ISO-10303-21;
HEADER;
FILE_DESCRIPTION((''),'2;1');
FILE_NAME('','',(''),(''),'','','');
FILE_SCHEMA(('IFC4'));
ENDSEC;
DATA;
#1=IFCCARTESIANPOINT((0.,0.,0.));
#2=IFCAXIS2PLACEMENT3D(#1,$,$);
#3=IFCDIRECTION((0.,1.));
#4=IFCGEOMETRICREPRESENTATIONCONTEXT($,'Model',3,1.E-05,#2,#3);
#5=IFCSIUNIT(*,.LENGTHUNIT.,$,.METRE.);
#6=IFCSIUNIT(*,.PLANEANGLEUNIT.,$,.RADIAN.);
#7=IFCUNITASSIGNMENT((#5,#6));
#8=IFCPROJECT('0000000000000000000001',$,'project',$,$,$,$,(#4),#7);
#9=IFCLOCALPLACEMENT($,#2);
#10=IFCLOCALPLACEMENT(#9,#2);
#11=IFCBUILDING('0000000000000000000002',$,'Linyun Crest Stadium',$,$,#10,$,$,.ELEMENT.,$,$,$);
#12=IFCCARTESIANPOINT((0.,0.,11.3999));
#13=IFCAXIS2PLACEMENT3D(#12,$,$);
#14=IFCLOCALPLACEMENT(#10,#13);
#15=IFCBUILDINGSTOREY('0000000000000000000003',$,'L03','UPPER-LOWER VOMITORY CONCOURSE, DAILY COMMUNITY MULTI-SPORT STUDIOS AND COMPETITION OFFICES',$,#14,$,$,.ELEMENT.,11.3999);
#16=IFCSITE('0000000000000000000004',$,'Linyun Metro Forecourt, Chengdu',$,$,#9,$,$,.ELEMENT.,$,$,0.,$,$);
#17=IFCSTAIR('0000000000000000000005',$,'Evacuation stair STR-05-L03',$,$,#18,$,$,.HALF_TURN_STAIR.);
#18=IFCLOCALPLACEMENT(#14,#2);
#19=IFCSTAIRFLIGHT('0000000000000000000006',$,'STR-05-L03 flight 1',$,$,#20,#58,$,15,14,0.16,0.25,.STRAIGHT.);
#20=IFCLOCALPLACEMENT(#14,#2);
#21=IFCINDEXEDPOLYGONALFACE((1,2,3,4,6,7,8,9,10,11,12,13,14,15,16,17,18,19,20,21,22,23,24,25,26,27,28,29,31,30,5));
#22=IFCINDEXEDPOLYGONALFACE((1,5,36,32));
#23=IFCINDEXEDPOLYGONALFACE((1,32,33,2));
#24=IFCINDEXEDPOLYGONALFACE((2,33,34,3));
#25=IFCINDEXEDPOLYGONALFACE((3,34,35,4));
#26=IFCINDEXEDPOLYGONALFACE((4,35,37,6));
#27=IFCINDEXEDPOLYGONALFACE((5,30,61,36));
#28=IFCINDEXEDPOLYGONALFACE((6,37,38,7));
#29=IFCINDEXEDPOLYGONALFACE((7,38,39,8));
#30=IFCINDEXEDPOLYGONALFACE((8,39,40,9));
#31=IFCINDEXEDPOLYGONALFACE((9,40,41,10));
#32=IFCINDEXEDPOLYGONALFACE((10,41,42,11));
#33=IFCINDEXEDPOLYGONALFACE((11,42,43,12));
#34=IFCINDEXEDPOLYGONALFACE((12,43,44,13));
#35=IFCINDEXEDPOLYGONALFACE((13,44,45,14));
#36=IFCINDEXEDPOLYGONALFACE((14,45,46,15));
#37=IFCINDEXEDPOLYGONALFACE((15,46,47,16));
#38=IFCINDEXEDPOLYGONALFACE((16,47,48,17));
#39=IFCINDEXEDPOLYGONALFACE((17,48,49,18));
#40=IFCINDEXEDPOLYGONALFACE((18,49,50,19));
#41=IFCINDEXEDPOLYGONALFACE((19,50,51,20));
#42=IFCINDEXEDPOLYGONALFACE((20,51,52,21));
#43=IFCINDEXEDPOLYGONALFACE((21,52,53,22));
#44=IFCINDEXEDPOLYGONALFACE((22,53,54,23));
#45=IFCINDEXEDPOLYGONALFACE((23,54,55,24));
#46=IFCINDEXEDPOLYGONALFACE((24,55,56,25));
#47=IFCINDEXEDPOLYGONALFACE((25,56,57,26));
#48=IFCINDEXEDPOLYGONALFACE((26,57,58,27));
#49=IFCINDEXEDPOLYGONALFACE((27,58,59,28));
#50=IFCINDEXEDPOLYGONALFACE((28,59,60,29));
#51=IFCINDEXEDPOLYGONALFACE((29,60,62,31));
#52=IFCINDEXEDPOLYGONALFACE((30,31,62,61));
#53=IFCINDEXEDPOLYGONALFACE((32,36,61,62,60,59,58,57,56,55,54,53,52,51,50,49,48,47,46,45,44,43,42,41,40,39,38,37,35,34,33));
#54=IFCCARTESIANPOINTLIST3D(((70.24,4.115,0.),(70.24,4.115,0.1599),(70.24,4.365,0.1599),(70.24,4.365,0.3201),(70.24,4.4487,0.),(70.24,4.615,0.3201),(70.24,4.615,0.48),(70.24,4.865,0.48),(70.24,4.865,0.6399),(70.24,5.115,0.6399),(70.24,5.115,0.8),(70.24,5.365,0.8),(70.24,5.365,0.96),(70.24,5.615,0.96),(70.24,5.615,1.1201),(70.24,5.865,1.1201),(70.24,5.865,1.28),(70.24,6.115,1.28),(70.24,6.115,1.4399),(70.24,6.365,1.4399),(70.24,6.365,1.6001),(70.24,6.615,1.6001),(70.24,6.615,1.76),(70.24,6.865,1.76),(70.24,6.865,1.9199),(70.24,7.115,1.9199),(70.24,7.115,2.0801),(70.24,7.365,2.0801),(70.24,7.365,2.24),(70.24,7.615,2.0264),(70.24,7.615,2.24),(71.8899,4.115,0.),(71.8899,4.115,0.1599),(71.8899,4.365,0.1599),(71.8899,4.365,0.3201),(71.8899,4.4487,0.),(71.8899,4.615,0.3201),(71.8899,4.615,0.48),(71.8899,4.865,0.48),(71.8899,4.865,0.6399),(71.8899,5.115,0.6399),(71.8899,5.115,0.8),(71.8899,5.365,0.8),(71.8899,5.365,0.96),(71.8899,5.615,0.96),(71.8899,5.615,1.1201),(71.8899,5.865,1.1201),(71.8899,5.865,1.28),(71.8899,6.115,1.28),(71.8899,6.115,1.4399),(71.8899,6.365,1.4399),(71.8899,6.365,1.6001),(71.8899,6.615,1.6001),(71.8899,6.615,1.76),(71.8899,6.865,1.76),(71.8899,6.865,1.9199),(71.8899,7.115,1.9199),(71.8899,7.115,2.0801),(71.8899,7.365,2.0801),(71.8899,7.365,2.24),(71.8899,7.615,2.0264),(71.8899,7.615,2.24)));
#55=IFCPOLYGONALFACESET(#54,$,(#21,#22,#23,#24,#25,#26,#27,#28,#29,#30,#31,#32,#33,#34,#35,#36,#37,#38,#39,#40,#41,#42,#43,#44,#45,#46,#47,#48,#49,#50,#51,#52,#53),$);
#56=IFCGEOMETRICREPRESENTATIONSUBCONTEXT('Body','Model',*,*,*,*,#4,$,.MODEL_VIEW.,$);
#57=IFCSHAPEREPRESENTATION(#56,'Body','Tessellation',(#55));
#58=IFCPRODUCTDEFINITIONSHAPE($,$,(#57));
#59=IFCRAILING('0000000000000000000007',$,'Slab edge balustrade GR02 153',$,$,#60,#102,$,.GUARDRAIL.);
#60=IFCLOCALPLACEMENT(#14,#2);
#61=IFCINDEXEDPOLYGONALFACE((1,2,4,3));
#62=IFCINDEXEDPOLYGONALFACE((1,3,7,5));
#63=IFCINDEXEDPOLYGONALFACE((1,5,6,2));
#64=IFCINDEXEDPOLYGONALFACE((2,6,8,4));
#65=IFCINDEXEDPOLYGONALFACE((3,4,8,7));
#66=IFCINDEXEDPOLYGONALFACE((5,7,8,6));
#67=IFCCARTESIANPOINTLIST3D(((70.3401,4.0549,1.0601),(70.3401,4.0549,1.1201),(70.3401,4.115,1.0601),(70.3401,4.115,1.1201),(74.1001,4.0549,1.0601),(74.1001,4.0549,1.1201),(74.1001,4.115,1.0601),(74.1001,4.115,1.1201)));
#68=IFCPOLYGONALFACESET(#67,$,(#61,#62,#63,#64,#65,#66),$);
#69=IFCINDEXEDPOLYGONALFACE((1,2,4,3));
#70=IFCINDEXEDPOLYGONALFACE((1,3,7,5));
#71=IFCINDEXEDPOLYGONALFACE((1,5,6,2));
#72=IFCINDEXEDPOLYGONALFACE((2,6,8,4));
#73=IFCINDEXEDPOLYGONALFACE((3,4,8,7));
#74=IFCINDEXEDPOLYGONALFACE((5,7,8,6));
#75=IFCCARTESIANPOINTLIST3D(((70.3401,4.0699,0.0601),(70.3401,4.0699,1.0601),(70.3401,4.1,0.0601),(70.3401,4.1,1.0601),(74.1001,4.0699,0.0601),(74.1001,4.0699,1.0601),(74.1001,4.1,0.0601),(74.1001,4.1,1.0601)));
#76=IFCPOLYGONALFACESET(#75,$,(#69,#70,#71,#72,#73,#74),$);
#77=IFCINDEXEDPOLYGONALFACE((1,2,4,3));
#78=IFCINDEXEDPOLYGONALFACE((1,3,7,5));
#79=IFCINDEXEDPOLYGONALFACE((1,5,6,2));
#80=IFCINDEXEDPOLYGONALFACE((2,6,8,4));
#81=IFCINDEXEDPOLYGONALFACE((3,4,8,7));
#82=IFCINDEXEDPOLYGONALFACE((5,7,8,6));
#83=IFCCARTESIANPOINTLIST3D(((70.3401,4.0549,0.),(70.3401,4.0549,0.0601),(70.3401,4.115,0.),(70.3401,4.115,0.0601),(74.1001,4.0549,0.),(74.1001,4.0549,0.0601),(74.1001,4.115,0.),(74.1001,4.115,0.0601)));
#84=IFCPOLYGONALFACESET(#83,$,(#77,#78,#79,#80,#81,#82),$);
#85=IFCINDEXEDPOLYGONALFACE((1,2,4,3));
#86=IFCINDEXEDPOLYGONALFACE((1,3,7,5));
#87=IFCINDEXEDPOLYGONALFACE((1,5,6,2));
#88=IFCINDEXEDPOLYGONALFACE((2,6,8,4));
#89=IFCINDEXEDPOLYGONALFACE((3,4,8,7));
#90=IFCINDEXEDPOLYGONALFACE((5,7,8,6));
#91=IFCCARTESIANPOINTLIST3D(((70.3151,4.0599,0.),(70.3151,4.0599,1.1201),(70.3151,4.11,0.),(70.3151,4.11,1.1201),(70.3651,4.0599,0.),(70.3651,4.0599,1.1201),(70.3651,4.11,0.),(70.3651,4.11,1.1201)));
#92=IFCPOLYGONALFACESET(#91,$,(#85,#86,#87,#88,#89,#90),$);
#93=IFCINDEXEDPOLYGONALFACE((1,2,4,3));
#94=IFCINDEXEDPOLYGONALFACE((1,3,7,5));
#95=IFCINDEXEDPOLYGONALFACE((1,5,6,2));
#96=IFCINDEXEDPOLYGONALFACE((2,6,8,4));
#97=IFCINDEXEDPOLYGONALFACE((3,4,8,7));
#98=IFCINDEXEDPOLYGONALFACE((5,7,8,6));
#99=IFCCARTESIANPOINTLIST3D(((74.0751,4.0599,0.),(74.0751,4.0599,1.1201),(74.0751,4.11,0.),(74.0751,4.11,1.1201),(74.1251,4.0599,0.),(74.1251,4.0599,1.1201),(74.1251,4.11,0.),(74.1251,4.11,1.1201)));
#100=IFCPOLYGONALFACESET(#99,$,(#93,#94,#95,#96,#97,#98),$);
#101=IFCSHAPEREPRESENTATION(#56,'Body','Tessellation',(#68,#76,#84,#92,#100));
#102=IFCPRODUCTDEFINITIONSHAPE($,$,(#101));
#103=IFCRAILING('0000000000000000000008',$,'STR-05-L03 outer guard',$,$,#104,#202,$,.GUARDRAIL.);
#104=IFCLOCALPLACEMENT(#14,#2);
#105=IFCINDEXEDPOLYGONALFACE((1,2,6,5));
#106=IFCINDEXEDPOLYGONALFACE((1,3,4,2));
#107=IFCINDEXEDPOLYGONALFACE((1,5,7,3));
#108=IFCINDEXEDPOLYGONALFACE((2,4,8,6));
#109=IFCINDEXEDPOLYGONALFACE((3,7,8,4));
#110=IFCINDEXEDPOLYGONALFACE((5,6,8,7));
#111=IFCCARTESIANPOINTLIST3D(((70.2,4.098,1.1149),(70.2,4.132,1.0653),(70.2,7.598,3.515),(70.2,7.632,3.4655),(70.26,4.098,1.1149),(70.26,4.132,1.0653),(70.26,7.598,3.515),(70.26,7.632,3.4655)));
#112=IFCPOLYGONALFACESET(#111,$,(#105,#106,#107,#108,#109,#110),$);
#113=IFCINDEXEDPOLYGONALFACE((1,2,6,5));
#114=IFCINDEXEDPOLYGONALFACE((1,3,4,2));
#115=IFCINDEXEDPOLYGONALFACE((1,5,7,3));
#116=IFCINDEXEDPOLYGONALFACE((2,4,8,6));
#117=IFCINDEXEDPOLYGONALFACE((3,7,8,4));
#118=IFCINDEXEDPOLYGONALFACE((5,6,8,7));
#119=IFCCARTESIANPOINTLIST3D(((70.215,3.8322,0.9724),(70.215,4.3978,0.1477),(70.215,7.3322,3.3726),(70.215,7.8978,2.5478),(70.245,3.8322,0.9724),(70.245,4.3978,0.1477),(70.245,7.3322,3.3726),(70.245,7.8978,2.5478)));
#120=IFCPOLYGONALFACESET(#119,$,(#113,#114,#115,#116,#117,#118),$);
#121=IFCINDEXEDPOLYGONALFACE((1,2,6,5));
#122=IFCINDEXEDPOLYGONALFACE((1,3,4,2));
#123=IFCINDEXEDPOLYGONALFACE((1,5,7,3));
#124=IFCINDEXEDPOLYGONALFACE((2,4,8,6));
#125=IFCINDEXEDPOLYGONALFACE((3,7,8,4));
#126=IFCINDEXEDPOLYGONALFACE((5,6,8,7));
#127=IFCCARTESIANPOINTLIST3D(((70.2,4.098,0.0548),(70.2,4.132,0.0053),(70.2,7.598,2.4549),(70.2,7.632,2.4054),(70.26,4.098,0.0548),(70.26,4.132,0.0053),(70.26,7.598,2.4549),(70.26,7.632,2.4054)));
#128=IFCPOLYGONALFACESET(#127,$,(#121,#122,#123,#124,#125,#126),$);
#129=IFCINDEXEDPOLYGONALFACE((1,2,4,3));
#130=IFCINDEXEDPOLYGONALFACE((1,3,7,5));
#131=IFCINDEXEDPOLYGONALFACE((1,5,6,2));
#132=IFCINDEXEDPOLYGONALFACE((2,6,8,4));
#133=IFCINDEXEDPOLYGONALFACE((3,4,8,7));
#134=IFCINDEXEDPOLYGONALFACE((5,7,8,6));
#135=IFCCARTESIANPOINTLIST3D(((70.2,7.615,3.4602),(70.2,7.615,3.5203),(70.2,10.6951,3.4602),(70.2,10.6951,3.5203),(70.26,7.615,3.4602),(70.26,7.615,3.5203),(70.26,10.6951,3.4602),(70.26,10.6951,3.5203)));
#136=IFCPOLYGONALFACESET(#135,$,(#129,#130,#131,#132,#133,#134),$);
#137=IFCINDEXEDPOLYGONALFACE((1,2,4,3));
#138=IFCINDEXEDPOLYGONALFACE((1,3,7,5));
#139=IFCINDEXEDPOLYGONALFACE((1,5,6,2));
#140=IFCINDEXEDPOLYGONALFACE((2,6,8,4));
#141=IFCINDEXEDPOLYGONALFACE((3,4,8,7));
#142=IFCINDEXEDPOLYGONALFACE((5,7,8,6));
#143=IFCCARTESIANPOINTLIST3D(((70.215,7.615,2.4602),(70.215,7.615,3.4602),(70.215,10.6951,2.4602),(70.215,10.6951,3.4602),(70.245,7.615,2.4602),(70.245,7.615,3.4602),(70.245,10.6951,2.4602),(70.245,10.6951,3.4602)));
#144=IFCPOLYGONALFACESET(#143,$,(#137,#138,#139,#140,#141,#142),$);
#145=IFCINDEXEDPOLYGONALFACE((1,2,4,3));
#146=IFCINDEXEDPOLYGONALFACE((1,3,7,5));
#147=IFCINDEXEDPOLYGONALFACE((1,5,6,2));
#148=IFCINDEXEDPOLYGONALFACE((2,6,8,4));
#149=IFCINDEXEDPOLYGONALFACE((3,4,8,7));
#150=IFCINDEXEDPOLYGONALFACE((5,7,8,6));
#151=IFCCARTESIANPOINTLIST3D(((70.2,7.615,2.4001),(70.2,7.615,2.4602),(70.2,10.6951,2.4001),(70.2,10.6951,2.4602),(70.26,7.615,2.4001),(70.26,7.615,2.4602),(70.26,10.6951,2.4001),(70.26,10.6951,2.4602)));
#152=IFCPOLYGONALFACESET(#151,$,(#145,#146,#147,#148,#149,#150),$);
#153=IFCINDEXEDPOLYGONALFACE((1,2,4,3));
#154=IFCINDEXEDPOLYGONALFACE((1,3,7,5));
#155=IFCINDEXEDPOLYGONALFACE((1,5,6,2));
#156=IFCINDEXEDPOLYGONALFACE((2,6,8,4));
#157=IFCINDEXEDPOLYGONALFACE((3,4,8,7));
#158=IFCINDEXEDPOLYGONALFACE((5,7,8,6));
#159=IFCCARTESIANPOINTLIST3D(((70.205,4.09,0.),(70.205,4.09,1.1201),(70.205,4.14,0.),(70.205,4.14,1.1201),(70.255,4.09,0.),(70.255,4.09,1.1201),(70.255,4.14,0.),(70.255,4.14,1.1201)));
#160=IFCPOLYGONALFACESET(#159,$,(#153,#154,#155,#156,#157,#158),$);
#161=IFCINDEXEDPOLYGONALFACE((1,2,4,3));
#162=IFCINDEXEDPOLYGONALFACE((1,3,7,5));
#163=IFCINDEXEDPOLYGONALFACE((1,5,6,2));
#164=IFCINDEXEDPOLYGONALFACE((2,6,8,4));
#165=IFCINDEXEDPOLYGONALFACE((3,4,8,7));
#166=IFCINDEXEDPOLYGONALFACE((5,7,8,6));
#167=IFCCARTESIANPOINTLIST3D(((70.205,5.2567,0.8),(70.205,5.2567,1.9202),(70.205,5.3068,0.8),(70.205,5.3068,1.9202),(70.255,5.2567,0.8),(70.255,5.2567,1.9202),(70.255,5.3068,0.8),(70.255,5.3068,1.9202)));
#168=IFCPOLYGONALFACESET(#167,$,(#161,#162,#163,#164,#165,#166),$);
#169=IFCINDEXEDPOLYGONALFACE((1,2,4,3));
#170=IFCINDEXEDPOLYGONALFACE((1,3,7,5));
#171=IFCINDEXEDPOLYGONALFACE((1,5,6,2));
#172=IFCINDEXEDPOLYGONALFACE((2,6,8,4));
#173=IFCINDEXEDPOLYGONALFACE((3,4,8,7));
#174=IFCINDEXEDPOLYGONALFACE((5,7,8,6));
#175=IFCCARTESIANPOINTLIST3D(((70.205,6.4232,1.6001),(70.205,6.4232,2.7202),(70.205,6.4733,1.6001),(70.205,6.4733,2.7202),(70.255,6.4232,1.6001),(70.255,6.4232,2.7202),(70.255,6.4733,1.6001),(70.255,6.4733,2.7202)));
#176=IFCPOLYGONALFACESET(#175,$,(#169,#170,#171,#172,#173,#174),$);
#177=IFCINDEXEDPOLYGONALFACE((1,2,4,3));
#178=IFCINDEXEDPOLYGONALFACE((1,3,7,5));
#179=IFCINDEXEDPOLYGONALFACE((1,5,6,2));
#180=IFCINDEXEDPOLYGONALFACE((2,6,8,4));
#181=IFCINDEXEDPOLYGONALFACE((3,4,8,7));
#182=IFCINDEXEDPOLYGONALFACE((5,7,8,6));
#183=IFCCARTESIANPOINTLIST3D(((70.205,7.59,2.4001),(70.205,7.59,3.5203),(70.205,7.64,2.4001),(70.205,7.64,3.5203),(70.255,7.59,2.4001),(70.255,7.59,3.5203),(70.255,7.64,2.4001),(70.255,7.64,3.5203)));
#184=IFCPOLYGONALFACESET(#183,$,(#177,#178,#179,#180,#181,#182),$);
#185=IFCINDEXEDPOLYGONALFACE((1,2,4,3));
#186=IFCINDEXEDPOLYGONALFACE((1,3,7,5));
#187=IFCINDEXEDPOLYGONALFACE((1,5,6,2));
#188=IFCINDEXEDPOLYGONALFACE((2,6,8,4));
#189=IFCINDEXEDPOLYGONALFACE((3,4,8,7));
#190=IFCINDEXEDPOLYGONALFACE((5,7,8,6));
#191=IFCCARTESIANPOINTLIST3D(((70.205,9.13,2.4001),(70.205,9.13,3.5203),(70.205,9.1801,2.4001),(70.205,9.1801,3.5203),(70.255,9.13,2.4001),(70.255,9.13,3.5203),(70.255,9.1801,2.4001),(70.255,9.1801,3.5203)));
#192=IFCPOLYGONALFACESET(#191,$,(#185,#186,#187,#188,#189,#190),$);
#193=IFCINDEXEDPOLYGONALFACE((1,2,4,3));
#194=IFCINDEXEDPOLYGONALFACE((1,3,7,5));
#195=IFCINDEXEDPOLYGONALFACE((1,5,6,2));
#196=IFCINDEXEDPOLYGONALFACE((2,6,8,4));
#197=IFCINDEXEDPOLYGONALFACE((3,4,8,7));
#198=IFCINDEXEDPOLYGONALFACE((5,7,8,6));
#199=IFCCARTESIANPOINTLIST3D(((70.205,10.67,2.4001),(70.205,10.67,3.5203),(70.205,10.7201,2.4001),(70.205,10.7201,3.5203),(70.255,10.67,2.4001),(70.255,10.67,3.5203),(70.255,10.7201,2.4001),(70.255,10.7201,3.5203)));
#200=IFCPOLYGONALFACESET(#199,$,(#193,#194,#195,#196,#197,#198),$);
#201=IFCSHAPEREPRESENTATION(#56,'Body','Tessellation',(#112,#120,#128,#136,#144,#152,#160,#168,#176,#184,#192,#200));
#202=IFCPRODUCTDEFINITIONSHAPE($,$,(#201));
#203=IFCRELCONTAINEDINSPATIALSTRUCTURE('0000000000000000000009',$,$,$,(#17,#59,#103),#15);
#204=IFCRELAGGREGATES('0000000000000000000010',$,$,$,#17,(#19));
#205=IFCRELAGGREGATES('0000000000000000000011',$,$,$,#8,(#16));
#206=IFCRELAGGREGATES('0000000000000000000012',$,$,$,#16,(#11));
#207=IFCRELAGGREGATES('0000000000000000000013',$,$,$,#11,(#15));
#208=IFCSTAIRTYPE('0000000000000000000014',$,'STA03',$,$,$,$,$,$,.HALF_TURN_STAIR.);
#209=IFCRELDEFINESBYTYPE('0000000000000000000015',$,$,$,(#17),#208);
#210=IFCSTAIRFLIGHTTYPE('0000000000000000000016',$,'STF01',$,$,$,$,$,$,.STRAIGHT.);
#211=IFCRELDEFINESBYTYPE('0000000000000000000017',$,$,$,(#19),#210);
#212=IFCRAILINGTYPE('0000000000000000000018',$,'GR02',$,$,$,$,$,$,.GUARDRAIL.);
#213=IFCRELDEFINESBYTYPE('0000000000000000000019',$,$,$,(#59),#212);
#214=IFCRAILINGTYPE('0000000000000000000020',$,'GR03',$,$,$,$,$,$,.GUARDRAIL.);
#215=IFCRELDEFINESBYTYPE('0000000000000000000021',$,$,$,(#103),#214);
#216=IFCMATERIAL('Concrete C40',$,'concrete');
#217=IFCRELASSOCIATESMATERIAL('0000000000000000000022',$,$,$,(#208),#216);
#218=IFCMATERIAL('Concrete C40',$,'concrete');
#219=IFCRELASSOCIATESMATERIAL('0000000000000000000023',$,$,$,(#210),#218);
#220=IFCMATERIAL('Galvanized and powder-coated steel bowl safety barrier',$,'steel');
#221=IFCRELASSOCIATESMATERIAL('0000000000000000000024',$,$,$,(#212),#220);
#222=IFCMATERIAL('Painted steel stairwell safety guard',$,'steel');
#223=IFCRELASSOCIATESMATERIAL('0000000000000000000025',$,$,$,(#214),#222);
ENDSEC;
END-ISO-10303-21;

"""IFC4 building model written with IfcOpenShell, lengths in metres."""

from ifc_helpers import new_model, si_unit, direction, frame, origin, origin_2d, place, context, subcontext, project, spatial, polyline, rectangle, outline, extrude, material, type_object, element, aggregate, save


model = new_model("IFC4")

# Units and contexts
model_context = context("Model", 3, precision=1e-05, world=origin(), true_north=direction((0.0, 1.0)))
body_context = subcontext(model_context, "Body", "Model", "MODEL_VIEW")
ifc_project = project(units=[si_unit("LENGTHUNIT", "METRE"), si_unit("PLANEANGLEUNIT", "RADIAN")], contexts=[model_context])

# Site, building, storey
site_placement = place(None, origin())
site = spatial("IfcSite", under=ifc_project, at=site_placement, Name="Linyun Metro Forecourt, Chengdu", CompositionType="ELEMENT", RefElevation=0.0)
building_placement = place(site_placement, origin())
building = spatial("IfcBuilding", under=site, at=building_placement, Name="Linyun Crest Stadium", CompositionType="ELEMENT")
storey_placement = place(building_placement, frame((0.0, 0.0, 11.3999)))
storey = spatial("IfcBuildingStorey", under=building, at=storey_placement, Name="L03", Description="UPPER-LOWER VOMITORY CONCOURSE, DAILY COMMUNITY MULTI-SPORT STUDIOS AND COMPETITION OFFICES", CompositionType="ELEMENT", Elevation=11.3999)

# Stair, stair flight
ifc_material_1 = material(Name="Concrete C40", Category="concrete")
stair_type = type_object("IfcStairType", Name="STA03", PredefinedType="HALF_TURN_STAIR", material=ifc_material_1)
stair_placement = place(storey_placement, origin())
stair = element("IfcStair", 1, at=stair_placement, inside=storey, type_object=stair_type, Name="Evacuation stair STR-05-L03", PredefinedType="HALF_TURN_STAIR")
ifc_material_2 = material(Name="Concrete C40", Category="concrete")
stair_flight_type = type_object("IfcStairFlightType", Name="STF01", PredefinedType="STRAIGHT", material=ifc_material_2)
stair_flight_placement = place(storey_placement, frame((71.0649, 4.115, 0.0), z_axis=(0.0, 0.0, 1.0), x_axis=(0.0, 1.0, 0.0)))
stair_flight = element("IfcStairFlight", 2, at=stair_flight_placement, type_object=stair_flight_type, Name="STR-05-L03 flight 1", NumberOfRisers=15, NumberOfTreads=14, PredefinedType="STRAIGHT", RiserHeight=0.16, TreadLength=0.25, context=body_context, shape_type="SweptSolid", body=[
    extrude(outline(polyline([(0.0, 0.0), (0.0, 0.1599), (0.25, 0.1599), (0.25, 0.3201), (0.5, 0.3201), (0.5, 0.48), (0.75, 0.48), (0.75, 0.6399), (1.0, 0.6399), (1.0, 0.8), (1.25, 0.8), (1.25, 0.96), (1.5, 0.96), (1.5, 1.1201), (1.75, 1.1201), (1.75, 1.28), (2.0, 1.28), (2.0, 1.4399), (2.25, 1.4399), (2.25, 1.6001), (2.5, 1.6001), (2.5, 1.76), (2.75, 1.76), (2.75, 1.9199), (3.0, 1.9199), (3.0, 2.0801), (3.25, 2.0801), (3.25, 2.24), (3.5, 2.24), (3.5, 2.3999), (3.5, 2.0264), (0.3337, 0.0), (0.0, 0.0)])), frame((0.0, 0.825, 0.0), z_axis=(0.0, -1.0, 0.0), x_axis=(1.0, 0.0, 0.0)), (0.0, 0.0, 1.0), 1.6499),
])
aggregate(stair, [stair_flight])

# Railings
ifc_material_3 = material(Name="Galvanized and powder-coated steel bowl safety barrier", Category="steel")
railing_type_1 = type_object("IfcRailingType", Name="GR02", PredefinedType="GUARDRAIL", material=ifc_material_3)
railing_1_placement = place(storey_placement, frame((70.3401, 4.085, 0.0)))
element("IfcRailing", 3, at=railing_1_placement, inside=storey, type_object=railing_type_1, Name="Slab edge balustrade GR02 153", PredefinedType="GUARDRAIL", context=body_context, shape_type="SweptSolid", body=[
    extrude(rectangle(XDim=0.0601, YDim=0.0601, at=origin_2d()), frame((0.0, 0.0, 1.0901), z_axis=(1.0, 0.0, 0.0), x_axis=(0.0, 1.0, 0.0)), (0.0, 0.0, 1.0), 3.76),
    extrude(rectangle(XDim=0.03, YDim=1.0, at=origin_2d()), frame((0.0, 0.0, 0.5601), z_axis=(1.0, 0.0, 0.0), x_axis=(0.0, 1.0, 0.0)), (0.0, 0.0, 1.0), 3.76),
    extrude(rectangle(XDim=0.0601, YDim=0.0601, at=origin_2d()), frame((0.0, 0.0, 0.03), z_axis=(1.0, 0.0, 0.0), x_axis=(0.0, 1.0, 0.0)), (0.0, 0.0, 1.0), 3.76),
    extrude(rectangle(XDim=0.05, YDim=0.05, at=origin_2d()), origin(), (0.0, 0.0, 1.0), 1.1201),
    extrude(rectangle(XDim=0.05, YDim=0.05, at=origin_2d()), frame((3.76, 0.0, 0.0)), (0.0, 0.0, 1.0), 1.1201),
])
ifc_material_4 = material(Name="Painted steel stairwell safety guard", Category="steel")
railing_type_2 = type_object("IfcRailingType", Name="GR03", PredefinedType="GUARDRAIL", material=ifc_material_4)
railing_2_placement = place(storey_placement, frame((70.23, 4.115, 0.0)))
element("IfcRailing", 4, at=railing_2_placement, inside=storey, type_object=railing_type_2, Name="STR-05-L03 outer guard", PredefinedType="GUARDRAIL", context=body_context, shape_type="SweptSolid", body=[
    extrude(rectangle(XDim=0.0601, YDim=0.0601, at=origin_2d()), frame((0.0, 0.0, 1.0901), z_axis=(0.0, 0.824713, 0.565552), x_axis=(-1.0, 0.0, 0.0)), (0.0, 0.0, 1.0), 4.2439),
    extrude(rectangle(XDim=0.03, YDim=1.0, at=origin_2d()), frame((0.0, 0.0, 0.5601), z_axis=(0.0, 0.824713, 0.565552), x_axis=(-1.0, 0.0, 0.0)), (0.0, 0.0, 1.0), 4.2439),
    extrude(rectangle(XDim=0.0601, YDim=0.0601, at=origin_2d()), frame((0.0, 0.0, 0.03), z_axis=(0.0, 0.824713, 0.565552), x_axis=(-1.0, 0.0, 0.0)), (0.0, 0.0, 1.0), 4.2439),
    extrude(rectangle(XDim=0.0601, YDim=0.0601, at=origin_2d()), frame((0.0, 3.5, 3.4902), z_axis=(0.0, 1.0, 0.0), x_axis=(-1.0, 0.0, 0.0)), (0.0, 0.0, 1.0), 3.0801),
    extrude(rectangle(XDim=0.03, YDim=1.0, at=origin_2d()), frame((0.0, 3.5, 2.9602), z_axis=(0.0, 1.0, 0.0), x_axis=(-1.0, 0.0, 0.0)), (0.0, 0.0, 1.0), 3.0801),
    extrude(rectangle(XDim=0.0601, YDim=0.0601, at=origin_2d()), frame((0.0, 3.5, 2.4302), z_axis=(0.0, 1.0, 0.0), x_axis=(-1.0, 0.0, 0.0)), (0.0, 0.0, 1.0), 3.0801),
    extrude(rectangle(XDim=0.05, YDim=0.05, at=origin_2d()), origin(), (0.0, 0.0, 1.0), 1.1201),
    extrude(rectangle(XDim=0.05, YDim=0.05, at=origin_2d()), frame((0.0, 1.1667, 0.8)), (0.0, 0.0, 1.0), 1.1201),
    extrude(rectangle(XDim=0.05, YDim=0.05, at=origin_2d()), frame((0.0, 2.3333, 1.6001)), (0.0, 0.0, 1.0), 1.1201),
    extrude(rectangle(XDim=0.05, YDim=0.05, at=origin_2d()), frame((0.0, 3.5, 2.4001)), (0.0, 0.0, 1.0), 1.1201),
    extrude(rectangle(XDim=0.05, YDim=0.05, at=origin_2d()), frame((0.0, 5.04, 2.4001)), (0.0, 0.0, 1.0), 1.1201),
    extrude(rectangle(XDim=0.05, YDim=0.05, at=origin_2d()), frame((0.0, 6.5801, 2.4001)), (0.0, 0.0, 1.0), 1.1201),
])

save(model, "model.ifc")
